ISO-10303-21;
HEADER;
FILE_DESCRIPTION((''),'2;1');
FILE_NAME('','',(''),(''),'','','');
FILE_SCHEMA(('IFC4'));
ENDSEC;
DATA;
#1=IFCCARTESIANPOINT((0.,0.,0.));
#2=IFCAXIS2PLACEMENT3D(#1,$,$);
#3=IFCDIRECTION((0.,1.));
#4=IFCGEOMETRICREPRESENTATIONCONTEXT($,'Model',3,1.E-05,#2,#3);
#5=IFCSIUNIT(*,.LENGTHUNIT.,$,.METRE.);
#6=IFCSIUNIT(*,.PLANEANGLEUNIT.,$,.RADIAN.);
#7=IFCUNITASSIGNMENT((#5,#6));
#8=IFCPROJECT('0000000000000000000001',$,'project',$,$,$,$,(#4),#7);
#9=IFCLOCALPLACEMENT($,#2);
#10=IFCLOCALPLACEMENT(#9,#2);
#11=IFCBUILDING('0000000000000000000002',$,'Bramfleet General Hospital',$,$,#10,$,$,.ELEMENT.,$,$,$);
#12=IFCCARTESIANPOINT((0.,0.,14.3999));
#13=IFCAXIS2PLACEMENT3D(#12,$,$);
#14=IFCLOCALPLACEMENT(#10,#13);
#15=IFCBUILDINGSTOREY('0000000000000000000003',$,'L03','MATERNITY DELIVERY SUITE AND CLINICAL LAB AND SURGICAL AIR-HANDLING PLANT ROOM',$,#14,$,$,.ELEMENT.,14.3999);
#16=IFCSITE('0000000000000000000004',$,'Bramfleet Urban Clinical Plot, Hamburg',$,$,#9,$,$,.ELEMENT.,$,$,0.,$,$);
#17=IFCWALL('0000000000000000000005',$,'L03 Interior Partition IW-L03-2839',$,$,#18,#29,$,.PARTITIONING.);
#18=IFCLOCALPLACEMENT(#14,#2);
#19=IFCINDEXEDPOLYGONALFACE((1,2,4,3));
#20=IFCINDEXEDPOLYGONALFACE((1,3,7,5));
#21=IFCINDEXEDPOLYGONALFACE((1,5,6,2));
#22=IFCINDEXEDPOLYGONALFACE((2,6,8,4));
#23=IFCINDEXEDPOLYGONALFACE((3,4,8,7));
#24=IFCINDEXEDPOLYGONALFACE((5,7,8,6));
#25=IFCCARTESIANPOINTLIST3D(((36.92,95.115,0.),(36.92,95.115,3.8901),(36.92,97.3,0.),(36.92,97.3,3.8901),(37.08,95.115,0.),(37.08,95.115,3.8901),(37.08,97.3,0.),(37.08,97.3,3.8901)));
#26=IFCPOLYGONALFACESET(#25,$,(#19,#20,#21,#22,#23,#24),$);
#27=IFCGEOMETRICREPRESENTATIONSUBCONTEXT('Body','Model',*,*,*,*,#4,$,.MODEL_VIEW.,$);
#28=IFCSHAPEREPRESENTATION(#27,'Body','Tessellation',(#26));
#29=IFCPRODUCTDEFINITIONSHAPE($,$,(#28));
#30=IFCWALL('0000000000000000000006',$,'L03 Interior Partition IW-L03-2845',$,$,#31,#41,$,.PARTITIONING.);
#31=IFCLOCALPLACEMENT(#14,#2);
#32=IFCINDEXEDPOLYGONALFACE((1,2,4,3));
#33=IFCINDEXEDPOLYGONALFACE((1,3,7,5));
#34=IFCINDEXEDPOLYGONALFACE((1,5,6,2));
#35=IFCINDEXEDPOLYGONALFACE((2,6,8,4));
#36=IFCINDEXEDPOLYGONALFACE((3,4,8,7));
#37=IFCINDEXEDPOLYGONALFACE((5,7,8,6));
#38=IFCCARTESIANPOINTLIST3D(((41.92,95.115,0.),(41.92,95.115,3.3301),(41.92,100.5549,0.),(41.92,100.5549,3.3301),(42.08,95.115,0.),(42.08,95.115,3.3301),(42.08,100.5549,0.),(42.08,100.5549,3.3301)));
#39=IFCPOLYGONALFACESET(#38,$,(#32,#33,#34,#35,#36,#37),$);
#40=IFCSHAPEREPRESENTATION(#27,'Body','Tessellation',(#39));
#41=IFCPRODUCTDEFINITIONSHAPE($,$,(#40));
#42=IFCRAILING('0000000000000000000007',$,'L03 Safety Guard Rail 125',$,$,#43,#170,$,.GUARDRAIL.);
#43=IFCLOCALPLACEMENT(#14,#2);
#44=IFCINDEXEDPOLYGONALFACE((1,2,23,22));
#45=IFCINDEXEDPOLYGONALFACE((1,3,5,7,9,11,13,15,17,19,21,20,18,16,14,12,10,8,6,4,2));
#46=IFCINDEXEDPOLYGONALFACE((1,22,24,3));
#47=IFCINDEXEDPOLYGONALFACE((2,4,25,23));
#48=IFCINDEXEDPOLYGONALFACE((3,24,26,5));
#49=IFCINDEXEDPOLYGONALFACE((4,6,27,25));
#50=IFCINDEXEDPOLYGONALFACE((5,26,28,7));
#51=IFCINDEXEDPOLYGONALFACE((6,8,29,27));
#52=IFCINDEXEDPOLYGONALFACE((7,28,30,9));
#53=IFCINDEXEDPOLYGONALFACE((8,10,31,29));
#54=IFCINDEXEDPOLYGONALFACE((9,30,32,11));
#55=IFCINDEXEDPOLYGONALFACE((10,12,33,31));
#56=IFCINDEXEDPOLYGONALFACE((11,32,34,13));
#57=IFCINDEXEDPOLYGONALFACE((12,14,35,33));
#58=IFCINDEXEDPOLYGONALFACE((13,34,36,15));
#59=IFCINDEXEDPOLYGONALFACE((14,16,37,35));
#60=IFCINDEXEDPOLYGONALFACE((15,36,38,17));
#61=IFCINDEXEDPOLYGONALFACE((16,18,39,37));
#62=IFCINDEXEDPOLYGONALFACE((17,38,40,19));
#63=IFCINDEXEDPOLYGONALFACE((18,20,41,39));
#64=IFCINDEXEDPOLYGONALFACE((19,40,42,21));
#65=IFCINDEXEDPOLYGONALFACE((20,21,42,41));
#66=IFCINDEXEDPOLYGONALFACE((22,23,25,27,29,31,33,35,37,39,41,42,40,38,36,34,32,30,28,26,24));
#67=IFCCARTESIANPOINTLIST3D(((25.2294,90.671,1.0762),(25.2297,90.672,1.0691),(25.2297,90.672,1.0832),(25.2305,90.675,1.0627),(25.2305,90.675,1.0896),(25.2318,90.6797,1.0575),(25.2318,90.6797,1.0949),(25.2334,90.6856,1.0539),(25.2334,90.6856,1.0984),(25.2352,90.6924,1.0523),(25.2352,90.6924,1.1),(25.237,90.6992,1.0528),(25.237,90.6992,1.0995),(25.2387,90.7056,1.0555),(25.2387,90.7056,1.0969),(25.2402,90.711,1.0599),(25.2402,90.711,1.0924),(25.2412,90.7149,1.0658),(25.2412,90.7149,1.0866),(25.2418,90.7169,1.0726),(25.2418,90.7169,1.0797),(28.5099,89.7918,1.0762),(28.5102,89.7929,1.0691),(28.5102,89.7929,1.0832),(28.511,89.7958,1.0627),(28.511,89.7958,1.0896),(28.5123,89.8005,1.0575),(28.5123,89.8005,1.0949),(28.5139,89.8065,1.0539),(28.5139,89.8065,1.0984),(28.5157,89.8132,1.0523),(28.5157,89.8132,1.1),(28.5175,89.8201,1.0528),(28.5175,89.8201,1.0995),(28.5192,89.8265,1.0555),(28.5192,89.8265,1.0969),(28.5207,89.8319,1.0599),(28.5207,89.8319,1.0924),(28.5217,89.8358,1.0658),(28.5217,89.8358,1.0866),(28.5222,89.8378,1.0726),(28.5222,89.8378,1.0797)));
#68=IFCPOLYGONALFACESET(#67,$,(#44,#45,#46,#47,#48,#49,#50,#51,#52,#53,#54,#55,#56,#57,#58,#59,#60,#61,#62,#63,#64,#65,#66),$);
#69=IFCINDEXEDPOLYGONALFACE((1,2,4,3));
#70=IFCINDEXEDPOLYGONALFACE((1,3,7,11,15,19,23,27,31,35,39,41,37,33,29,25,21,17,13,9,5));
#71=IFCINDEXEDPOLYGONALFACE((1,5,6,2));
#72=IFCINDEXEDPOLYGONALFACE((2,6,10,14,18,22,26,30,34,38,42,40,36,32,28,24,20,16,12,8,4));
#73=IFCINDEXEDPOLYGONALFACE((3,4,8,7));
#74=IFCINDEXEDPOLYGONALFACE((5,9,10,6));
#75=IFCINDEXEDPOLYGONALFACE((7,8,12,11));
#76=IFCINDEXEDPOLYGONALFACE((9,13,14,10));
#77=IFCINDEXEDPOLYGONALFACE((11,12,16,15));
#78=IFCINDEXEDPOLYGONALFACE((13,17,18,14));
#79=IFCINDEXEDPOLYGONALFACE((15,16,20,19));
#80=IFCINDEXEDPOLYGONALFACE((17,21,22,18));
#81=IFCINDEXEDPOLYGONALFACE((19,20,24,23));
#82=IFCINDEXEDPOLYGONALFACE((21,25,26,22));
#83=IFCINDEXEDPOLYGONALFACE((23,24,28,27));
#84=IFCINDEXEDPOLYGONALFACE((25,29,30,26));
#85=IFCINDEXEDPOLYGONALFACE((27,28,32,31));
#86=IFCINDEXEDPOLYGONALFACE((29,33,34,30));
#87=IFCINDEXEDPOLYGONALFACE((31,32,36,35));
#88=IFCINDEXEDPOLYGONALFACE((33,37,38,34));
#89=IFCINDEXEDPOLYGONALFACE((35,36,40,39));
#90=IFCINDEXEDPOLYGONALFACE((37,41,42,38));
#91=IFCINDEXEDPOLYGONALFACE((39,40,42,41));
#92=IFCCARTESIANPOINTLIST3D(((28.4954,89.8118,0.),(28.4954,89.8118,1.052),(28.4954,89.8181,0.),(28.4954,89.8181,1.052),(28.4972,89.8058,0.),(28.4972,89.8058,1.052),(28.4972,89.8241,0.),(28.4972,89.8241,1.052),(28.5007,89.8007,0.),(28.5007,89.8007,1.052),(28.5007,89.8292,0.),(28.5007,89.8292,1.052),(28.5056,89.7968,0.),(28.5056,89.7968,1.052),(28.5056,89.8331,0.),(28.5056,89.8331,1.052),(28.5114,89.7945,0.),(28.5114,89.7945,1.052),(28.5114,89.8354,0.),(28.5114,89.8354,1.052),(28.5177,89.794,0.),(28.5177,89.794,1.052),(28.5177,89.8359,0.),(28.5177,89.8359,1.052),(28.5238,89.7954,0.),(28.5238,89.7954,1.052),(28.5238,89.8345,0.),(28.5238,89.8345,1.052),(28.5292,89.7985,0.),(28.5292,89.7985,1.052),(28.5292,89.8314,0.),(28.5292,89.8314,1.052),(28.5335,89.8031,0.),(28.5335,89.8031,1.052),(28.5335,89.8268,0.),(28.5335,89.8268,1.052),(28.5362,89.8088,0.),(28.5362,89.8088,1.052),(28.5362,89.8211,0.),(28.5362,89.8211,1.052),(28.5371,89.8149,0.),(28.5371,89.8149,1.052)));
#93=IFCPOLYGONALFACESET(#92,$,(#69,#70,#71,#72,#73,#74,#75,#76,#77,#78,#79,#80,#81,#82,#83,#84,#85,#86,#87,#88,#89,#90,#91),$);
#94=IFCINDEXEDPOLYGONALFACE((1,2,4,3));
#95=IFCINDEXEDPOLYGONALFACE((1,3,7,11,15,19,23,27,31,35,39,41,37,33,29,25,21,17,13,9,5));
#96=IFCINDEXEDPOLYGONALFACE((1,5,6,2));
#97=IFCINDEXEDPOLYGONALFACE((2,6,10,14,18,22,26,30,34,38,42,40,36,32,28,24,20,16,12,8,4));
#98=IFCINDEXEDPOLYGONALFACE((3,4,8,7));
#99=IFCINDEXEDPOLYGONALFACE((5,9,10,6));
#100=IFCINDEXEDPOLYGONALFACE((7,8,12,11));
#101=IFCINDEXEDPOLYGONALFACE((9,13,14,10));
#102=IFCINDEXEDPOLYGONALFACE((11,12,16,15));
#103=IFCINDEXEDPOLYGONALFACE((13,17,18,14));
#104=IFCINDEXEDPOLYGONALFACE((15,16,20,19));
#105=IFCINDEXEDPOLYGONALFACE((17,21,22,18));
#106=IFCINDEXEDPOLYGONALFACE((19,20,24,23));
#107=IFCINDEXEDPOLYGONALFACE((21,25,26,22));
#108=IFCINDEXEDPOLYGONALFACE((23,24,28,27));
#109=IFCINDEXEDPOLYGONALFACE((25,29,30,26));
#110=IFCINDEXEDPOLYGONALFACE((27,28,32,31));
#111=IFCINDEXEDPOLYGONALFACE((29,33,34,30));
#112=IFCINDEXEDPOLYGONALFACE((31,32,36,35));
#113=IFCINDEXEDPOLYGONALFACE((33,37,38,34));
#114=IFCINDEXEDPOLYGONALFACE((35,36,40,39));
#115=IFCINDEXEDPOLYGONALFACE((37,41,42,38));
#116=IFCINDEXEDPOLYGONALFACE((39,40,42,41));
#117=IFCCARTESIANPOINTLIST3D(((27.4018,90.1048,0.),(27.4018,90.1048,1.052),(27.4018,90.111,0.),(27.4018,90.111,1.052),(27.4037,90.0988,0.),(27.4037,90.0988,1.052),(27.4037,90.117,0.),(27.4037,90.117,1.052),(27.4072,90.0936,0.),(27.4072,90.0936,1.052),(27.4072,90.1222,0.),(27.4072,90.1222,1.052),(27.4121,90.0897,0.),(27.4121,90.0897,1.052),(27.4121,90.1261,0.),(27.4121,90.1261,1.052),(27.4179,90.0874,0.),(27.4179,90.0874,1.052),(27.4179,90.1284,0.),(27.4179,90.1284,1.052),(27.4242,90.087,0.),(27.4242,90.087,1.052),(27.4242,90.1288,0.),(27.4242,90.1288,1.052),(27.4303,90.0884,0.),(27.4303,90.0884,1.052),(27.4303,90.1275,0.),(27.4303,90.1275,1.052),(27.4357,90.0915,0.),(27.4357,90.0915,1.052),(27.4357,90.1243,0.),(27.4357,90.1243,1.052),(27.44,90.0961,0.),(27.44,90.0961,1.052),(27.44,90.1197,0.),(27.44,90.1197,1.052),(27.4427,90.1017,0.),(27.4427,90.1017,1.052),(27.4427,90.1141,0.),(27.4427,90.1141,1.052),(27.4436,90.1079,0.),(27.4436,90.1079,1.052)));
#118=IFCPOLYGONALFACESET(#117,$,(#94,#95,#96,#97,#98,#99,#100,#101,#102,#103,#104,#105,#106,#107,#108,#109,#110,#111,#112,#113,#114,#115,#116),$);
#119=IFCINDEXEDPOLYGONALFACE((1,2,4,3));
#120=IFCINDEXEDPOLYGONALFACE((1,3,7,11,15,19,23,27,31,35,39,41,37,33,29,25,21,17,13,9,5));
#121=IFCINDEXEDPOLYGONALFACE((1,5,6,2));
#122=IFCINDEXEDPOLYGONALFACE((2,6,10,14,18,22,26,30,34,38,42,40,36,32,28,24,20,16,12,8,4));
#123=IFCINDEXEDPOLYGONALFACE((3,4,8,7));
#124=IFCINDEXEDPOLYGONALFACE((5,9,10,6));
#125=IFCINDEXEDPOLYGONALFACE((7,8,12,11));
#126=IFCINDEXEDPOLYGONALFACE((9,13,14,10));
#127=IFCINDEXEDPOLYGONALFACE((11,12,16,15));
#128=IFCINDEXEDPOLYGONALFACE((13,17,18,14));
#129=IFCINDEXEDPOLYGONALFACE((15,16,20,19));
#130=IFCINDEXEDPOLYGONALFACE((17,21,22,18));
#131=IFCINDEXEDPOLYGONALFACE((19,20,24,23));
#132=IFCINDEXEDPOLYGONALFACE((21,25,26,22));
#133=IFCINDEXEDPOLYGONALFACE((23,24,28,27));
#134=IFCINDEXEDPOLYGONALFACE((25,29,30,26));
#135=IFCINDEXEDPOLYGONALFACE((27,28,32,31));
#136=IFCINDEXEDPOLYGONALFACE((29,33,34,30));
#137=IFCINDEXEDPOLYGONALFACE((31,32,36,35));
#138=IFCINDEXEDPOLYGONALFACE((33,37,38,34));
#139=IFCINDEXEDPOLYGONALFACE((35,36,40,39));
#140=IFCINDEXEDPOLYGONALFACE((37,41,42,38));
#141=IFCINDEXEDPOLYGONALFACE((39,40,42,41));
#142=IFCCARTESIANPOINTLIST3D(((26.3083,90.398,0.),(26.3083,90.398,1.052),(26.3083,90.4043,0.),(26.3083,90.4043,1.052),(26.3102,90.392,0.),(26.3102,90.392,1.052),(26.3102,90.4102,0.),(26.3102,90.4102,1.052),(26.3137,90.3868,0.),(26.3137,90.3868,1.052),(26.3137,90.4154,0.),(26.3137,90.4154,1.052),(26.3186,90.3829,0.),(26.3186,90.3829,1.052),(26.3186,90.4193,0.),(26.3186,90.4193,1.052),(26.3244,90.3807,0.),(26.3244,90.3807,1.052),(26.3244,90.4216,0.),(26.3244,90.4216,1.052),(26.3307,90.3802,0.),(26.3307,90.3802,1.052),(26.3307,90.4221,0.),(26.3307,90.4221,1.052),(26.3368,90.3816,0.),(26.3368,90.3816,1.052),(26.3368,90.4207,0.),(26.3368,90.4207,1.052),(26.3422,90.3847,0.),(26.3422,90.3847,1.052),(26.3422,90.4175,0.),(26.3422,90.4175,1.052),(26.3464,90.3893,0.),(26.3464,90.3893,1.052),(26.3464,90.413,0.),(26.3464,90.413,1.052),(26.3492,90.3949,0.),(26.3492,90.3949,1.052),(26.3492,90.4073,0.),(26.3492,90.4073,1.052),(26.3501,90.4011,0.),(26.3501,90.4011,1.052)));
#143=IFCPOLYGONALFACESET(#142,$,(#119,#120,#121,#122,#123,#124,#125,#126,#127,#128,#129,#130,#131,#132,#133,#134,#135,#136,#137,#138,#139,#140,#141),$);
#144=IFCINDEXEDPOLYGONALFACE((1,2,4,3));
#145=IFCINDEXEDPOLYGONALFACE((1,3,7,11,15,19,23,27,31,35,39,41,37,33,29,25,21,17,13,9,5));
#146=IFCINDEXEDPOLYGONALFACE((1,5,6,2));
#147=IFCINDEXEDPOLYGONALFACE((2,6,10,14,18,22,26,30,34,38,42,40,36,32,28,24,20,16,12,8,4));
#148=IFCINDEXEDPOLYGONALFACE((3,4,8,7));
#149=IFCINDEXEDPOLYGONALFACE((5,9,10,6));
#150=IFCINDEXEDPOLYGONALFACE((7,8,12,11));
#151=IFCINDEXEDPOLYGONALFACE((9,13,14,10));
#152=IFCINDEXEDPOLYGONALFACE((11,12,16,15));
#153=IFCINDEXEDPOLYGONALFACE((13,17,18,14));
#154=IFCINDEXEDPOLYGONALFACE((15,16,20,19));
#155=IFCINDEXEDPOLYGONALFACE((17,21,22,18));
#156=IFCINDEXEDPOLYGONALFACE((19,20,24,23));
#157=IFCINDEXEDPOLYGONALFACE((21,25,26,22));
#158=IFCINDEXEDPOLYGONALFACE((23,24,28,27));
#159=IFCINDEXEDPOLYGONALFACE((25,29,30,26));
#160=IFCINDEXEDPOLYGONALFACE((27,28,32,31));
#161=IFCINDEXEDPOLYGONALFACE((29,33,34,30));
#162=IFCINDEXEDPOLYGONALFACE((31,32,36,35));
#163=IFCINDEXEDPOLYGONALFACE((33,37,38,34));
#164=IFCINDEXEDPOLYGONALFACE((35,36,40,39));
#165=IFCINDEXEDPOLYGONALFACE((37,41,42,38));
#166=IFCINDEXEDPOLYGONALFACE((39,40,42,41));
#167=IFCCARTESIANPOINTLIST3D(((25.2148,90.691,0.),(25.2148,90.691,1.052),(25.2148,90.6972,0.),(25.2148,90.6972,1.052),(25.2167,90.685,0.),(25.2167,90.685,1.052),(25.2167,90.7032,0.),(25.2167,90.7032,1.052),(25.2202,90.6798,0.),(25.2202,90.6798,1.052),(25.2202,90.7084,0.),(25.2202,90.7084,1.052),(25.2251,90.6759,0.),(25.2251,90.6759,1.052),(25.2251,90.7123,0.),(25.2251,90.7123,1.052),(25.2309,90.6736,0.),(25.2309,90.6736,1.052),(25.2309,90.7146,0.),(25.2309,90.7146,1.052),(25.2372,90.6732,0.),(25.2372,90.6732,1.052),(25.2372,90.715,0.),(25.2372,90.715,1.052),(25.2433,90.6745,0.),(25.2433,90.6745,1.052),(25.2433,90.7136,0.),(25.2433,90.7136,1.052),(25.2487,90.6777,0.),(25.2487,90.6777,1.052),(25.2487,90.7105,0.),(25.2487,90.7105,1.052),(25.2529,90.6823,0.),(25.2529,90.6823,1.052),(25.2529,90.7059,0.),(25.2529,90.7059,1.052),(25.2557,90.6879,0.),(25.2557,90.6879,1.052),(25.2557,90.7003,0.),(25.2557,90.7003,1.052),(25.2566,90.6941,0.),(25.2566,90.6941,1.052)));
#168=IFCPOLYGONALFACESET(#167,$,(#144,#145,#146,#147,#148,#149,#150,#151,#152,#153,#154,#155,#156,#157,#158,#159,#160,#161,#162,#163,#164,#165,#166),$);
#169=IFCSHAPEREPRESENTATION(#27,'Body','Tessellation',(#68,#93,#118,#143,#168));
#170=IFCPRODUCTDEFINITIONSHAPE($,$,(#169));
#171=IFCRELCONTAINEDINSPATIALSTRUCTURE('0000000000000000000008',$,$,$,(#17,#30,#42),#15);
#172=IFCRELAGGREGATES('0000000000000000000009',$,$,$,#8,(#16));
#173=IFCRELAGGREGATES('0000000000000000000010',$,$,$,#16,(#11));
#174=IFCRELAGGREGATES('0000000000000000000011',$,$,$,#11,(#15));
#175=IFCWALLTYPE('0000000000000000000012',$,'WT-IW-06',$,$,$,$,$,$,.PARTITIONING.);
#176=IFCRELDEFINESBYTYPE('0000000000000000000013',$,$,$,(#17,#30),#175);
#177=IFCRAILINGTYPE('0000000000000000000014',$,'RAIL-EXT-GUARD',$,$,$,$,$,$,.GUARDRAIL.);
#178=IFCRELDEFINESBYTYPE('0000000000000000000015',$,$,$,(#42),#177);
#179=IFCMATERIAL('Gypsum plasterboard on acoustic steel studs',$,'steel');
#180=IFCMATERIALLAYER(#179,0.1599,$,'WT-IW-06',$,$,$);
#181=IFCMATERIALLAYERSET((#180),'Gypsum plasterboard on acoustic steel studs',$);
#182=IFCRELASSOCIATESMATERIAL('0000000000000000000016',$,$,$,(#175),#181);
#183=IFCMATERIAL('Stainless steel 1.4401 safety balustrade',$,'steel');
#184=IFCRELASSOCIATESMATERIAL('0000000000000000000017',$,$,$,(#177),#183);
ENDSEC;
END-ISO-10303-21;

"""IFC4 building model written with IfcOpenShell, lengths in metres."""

from ifc_helpers import new_model, si_unit, direction, frame, frame_2d, origin, origin_2d, place, context, subcontext, project, spatial, rectangle, circle, extrude, material, layer, layer_set, type_object, element, save


model = new_model("IFC4")

# Units and contexts
model_context = context("Model", 3, precision=1e-05, world=origin(), true_north=direction((0.0, 1.0)))
body_context = subcontext(model_context, "Body", "Model", "MODEL_VIEW")
ifc_project = project(units=[si_unit("LENGTHUNIT", "METRE"), si_unit("PLANEANGLEUNIT", "RADIAN")], contexts=[model_context])

# Site, building, storey
site_placement = place(None, origin())
site = spatial("IfcSite", under=ifc_project, at=site_placement, Name="Bramfleet Urban Clinical Plot, Hamburg", CompositionType="ELEMENT", RefElevation=0.0)
building_placement = place(site_placement, origin())
building = spatial("IfcBuilding", under=site, at=building_placement, Name="Bramfleet General Hospital", CompositionType="ELEMENT")
storey_placement = place(building_placement, frame((0.0, 0.0, 14.3999)))
storey = spatial("IfcBuildingStorey", under=building, at=storey_placement, Name="L03", Description="MATERNITY DELIVERY SUITE AND CLINICAL LAB AND SURGICAL AIR-HANDLING PLANT ROOM", CompositionType="ELEMENT", Elevation=14.3999)

# Shared definitions
ifc_material_1 = material(Name="Gypsum plasterboard on acoustic steel studs", Category="steel")
ifc_layer_1 = layer(ifc_material_1, 0.1599, Name="WT-IW-06")
ifc_layer_set_1 = layer_set([ifc_layer_1], Name="Gypsum plasterboard on acoustic steel studs")
wall_type = type_object("IfcWallType", Name="WT-IW-06", PredefinedType="PARTITIONING", material=ifc_layer_set_1)

# Walls
wall_1_placement = place(storey_placement, frame((37.0, 95.115, 0.0), z_axis=(0.0, 0.0, 1.0), x_axis=(0.0, 1.0, 0.0)))
element("IfcWall", 1, at=wall_1_placement, inside=storey, type_object=wall_type, Name="L03 Interior Partition IW-L03-2839", PredefinedType="PARTITIONING", context=body_context, shape_type="SweptSolid", body=[
    extrude(rectangle(XDim=2.1851, YDim=0.1599, at=frame_2d((1.0925, 0.0))), origin(), (0.0, 0.0, 1.0), 3.8901),
])
wall_2_placement = place(storey_placement, frame((42.0, 95.115, 0.0), z_axis=(0.0, 0.0, 1.0), x_axis=(0.0, 1.0, 0.0)))
element("IfcWall", 2, at=wall_2_placement, inside=storey, type_object=wall_type, Name="L03 Interior Partition IW-L03-2845", PredefinedType="PARTITIONING", context=body_context, shape_type="SweptSolid", body=[
    extrude(rectangle(XDim=5.4399, YDim=0.1599, at=frame_2d((2.72, 0.0))), origin(), (0.0, 0.0, 1.0), 3.3301),
])

# Railing
ifc_material_2 = material(Name="Stainless steel 1.4401 safety balustrade", Category="steel")
railing_type = type_object("IfcRailingType", Name="RAIL-EXT-GUARD", PredefinedType="GUARDRAIL", material=ifc_material_2)
railing_placement = place(storey_placement, frame((28.5161, 89.8149, 0.0)))
element("IfcRailing", 3, at=railing_placement, inside=storey, type_object=railing_type, Name="L03 Safety Guard Rail 125", PredefinedType="GUARDRAIL", context=body_context, shape_type="SweptSolid", body=[
    extrude(circle(Radius=0.0239, at=origin_2d()), frame((0.0, 0.0, 1.0762), z_axis=(-0.965916, 0.258857, 0.0), x_axis=(-0.258857, -0.965916, 0.0)), (0.0, 0.0, 1.0), 3.3962),
    extrude(circle(Radius=0.021, at=origin_2d()), origin(), (0.0, 0.0, 1.0), 1.052),
    extrude(circle(Radius=0.021, at=origin_2d()), frame((-1.0935, 0.293, 0.0)), (0.0, 0.0, 1.0), 1.052),
    extrude(circle(Radius=0.021, at=origin_2d()), frame((-2.187, 0.5862, 0.0)), (0.0, 0.0, 1.0), 1.052),
    extrude(circle(Radius=0.021, at=origin_2d()), frame((-3.2805, 0.8792, 0.0)), (0.0, 0.0, 1.0), 1.052),
])

save(model, "model.ifc")
